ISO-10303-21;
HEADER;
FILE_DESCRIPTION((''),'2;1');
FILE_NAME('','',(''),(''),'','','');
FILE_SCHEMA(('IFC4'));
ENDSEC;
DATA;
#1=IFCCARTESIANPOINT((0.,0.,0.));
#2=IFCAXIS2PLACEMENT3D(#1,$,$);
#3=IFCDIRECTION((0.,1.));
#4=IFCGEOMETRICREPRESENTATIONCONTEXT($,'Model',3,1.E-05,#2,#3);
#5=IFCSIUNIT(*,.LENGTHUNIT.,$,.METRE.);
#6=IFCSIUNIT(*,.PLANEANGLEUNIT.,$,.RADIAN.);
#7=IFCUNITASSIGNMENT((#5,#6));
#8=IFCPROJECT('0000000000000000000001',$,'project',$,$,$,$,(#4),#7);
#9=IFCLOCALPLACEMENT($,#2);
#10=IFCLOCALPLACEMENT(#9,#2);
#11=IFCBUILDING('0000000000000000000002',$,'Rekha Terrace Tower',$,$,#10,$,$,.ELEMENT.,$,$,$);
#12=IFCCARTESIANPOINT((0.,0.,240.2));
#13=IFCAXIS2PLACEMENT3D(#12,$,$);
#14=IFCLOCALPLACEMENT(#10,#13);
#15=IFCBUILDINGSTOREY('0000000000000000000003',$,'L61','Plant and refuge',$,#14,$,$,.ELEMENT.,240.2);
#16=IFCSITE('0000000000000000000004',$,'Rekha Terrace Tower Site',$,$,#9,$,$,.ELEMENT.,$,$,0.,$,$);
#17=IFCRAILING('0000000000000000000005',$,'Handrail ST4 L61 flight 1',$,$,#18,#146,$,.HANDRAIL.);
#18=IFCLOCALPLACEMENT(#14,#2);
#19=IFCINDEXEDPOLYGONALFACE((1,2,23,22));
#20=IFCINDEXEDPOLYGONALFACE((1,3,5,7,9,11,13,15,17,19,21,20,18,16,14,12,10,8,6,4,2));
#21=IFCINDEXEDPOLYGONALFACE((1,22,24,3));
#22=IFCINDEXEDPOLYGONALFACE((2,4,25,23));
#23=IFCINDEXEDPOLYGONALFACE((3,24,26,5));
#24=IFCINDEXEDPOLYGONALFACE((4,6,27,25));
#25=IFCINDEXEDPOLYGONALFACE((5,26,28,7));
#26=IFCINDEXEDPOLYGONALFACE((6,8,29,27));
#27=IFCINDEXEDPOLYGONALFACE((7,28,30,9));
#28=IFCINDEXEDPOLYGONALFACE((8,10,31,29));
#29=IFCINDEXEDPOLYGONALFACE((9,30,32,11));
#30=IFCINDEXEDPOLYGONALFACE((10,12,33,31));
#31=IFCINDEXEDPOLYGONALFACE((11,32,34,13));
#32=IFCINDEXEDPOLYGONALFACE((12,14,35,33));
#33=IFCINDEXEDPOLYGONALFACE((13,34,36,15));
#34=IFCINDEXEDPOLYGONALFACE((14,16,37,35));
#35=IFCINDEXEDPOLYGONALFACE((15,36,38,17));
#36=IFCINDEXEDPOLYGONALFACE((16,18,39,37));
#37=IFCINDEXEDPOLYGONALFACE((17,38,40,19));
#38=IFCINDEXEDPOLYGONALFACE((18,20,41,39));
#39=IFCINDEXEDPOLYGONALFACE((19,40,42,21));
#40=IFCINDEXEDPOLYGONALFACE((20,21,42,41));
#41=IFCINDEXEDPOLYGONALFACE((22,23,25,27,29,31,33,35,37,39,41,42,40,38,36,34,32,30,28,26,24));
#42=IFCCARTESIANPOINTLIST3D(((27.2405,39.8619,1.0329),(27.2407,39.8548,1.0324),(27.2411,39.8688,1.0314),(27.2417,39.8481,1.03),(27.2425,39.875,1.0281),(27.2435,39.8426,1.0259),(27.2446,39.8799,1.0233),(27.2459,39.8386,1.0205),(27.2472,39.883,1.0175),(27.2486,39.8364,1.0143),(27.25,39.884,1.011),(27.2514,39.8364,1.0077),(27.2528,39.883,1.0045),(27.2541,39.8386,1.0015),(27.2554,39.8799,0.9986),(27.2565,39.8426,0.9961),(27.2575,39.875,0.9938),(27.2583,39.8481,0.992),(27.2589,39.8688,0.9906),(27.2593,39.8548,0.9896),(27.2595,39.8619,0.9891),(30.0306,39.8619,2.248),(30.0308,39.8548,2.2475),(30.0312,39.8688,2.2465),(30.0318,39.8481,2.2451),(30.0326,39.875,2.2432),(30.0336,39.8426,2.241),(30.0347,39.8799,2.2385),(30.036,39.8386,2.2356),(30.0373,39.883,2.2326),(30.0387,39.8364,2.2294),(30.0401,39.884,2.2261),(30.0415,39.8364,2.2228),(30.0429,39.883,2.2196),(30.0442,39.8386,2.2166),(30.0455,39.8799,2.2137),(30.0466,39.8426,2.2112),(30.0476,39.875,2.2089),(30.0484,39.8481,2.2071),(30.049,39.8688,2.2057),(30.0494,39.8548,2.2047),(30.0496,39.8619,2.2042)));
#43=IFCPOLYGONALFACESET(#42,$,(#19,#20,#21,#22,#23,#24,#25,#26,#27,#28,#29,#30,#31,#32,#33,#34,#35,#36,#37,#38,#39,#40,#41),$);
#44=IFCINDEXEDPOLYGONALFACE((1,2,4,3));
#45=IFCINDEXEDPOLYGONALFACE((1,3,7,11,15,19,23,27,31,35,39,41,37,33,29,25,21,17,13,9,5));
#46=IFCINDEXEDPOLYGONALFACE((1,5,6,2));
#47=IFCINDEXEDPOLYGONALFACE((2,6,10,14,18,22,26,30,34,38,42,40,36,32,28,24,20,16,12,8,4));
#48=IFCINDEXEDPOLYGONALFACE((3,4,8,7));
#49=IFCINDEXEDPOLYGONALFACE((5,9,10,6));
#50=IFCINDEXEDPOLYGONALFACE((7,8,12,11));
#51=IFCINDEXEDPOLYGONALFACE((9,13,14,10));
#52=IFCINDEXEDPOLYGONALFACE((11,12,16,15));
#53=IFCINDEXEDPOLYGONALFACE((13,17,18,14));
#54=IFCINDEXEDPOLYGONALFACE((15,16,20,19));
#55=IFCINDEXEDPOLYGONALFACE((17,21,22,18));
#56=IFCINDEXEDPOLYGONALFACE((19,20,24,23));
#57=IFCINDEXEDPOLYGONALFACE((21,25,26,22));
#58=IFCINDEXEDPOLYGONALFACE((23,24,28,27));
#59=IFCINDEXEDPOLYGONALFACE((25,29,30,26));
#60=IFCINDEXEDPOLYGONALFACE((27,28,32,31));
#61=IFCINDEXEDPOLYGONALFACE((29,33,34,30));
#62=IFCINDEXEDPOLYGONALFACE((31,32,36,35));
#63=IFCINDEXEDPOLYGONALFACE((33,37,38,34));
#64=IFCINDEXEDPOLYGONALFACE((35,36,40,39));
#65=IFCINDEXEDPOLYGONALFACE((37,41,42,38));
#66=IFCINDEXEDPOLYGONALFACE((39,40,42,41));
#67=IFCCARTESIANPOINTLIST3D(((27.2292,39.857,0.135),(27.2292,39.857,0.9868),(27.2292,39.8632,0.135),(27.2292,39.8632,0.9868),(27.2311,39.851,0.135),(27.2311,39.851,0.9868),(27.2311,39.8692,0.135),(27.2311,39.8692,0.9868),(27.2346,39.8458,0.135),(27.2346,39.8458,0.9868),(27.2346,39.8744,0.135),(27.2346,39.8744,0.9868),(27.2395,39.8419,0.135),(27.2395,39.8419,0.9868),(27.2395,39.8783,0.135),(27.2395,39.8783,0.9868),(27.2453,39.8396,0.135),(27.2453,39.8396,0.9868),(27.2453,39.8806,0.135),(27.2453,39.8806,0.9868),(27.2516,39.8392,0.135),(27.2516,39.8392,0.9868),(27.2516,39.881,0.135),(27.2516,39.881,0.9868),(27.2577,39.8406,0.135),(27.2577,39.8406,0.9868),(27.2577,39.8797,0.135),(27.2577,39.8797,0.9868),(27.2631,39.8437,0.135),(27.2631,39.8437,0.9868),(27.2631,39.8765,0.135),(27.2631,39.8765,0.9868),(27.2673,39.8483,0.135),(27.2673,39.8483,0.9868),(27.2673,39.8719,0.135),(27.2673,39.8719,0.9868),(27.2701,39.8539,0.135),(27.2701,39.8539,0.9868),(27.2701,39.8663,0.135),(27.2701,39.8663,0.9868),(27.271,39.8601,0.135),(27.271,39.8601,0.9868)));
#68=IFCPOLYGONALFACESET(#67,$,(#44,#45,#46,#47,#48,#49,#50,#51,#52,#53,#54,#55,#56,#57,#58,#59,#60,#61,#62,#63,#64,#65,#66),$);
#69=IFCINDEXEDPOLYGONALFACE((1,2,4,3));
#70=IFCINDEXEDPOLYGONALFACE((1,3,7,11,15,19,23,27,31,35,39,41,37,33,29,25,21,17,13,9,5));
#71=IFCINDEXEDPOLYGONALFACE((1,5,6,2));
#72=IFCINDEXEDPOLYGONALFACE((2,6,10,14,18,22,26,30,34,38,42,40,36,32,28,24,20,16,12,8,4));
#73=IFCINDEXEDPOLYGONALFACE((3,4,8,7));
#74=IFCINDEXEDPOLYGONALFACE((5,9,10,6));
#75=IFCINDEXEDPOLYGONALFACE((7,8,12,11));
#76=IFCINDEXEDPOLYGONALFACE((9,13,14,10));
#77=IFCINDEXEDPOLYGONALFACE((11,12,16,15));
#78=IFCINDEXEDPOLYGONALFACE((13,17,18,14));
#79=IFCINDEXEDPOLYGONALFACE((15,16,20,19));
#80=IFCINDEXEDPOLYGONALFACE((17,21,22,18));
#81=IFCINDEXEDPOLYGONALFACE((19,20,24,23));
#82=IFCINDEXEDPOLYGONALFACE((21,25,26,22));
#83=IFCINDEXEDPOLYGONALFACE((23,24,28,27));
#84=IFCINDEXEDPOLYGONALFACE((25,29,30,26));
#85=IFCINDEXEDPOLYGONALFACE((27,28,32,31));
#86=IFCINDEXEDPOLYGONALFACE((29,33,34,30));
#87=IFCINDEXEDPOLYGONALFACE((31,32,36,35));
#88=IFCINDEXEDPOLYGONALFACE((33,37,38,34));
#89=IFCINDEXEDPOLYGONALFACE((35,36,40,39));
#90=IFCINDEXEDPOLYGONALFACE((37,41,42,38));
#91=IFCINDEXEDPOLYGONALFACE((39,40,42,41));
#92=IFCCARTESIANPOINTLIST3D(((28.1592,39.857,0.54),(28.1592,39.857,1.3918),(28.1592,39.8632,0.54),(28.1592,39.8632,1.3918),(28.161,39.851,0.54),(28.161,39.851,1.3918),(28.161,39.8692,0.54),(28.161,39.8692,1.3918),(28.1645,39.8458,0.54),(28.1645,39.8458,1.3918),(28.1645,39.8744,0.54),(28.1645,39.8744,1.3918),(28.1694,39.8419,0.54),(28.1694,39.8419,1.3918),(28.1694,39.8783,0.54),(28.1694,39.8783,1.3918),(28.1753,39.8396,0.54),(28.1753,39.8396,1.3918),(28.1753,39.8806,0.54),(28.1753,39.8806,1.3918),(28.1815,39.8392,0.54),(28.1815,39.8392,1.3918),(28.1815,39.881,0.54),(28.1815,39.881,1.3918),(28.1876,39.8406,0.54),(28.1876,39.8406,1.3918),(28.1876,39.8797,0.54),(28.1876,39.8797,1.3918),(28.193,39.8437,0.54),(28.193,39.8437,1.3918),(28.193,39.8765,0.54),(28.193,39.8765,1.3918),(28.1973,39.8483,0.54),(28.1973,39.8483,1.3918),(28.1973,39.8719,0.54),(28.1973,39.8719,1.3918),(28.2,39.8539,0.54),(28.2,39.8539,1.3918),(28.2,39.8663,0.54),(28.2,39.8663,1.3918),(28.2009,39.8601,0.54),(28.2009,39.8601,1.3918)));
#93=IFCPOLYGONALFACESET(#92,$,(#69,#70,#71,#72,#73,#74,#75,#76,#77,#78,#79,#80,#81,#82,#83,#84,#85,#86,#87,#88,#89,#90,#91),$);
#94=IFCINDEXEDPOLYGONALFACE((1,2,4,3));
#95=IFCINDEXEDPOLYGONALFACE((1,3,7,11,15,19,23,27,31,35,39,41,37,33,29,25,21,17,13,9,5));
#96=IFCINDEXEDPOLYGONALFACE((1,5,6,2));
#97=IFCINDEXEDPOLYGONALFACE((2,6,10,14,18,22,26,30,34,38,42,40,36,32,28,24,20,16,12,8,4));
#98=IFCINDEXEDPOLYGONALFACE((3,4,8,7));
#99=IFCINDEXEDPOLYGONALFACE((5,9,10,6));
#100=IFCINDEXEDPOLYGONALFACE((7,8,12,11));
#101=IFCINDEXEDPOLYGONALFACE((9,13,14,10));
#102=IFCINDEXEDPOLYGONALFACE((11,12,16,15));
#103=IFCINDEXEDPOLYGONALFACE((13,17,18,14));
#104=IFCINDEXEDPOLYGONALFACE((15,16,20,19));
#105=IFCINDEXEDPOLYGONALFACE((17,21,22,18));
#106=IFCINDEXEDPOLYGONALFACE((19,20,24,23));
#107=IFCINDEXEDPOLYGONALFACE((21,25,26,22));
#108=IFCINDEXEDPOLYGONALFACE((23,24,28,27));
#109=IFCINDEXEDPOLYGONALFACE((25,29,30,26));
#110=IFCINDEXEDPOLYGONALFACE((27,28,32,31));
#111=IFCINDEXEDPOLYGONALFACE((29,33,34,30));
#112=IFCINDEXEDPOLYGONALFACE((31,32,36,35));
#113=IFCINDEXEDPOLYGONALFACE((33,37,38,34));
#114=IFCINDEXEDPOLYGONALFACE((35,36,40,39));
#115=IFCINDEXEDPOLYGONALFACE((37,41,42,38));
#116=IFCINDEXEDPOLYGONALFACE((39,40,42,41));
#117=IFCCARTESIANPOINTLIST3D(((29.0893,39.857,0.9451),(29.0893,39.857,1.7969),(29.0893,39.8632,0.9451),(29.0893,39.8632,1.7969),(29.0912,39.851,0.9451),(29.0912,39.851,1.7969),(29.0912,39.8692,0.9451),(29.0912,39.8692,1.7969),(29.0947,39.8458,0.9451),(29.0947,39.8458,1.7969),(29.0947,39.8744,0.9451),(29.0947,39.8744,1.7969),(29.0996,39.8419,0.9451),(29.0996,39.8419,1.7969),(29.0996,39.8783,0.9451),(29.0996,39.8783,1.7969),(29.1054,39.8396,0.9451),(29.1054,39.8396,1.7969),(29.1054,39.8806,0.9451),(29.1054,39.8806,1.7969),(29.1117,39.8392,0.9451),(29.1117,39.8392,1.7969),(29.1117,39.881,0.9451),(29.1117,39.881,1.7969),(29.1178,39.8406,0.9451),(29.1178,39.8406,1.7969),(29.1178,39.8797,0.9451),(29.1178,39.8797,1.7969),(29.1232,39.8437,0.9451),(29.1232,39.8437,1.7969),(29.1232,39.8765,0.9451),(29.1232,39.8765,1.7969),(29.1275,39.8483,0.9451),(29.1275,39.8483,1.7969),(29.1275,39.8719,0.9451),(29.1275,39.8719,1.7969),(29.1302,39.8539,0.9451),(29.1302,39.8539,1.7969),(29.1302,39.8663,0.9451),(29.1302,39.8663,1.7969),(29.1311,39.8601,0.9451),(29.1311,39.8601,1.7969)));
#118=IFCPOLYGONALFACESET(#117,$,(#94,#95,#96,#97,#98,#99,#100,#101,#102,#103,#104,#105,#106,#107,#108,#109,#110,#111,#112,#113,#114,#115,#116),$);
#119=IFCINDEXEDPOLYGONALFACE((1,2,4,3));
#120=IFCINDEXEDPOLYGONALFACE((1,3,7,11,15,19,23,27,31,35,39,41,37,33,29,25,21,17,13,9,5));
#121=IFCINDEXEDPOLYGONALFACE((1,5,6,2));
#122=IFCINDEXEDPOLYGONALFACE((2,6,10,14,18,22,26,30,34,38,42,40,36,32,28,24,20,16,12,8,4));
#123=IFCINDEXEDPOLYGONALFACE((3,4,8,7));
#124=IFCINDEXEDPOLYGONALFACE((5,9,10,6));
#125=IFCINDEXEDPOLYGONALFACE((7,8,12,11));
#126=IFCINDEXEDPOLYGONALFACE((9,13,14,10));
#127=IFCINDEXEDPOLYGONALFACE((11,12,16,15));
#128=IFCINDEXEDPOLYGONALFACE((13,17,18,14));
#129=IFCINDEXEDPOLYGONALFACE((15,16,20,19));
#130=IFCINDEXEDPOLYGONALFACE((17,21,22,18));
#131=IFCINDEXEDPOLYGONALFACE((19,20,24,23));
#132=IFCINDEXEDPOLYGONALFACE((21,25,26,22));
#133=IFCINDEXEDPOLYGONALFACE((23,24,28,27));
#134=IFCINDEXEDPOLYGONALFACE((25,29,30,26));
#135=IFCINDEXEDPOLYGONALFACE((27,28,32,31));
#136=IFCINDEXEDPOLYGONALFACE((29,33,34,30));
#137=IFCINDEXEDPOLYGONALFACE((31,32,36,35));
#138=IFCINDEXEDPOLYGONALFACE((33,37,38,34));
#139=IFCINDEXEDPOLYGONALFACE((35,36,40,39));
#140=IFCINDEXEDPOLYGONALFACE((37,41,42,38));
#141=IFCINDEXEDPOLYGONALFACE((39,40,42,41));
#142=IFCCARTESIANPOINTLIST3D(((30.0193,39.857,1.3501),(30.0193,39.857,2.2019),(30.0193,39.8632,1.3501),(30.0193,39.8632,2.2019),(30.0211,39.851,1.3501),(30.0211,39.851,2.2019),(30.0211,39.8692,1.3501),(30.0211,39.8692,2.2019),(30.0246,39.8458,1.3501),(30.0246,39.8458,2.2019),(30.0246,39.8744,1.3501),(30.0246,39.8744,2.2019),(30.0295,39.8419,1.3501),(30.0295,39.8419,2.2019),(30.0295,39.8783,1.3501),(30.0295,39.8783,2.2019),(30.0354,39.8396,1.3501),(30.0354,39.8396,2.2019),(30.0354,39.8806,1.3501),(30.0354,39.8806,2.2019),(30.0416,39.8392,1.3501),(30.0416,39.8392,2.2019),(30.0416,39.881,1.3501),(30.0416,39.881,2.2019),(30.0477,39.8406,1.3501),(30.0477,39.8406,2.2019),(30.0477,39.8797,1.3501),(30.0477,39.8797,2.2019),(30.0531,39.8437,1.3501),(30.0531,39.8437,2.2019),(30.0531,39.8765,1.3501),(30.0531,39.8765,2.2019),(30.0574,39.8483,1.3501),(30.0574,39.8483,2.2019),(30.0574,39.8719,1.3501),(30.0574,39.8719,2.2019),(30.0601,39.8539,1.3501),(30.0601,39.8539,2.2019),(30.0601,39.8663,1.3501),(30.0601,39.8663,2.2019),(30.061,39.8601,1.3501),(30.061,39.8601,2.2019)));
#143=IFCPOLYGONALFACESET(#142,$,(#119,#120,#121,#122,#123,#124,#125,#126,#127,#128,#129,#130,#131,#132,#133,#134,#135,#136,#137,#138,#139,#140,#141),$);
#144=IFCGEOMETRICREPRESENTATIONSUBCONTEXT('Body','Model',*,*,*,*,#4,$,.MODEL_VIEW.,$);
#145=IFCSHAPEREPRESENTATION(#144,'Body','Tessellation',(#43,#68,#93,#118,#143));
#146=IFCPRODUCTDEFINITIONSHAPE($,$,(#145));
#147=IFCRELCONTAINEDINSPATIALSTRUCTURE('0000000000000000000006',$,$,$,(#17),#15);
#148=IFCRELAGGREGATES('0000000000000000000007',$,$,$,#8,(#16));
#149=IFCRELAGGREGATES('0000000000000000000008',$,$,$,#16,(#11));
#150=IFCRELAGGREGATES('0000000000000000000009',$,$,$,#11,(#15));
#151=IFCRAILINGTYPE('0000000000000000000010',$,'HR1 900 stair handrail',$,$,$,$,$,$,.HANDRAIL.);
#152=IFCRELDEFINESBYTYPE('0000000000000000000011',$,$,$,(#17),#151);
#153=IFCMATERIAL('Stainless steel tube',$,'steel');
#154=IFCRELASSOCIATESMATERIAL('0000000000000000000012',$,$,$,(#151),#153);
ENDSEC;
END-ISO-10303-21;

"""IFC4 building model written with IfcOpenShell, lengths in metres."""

from ifc_helpers import new_model, si_unit, direction, frame, origin, origin_2d, place, context, subcontext, project, spatial, circle, extrude, material, type_object, element, save


model = new_model("IFC4")

# Units and contexts
model_context = context("Model", 3, precision=1e-05, world=origin(), true_north=direction((0.0, 1.0)))
body_context = subcontext(model_context, "Body", "Model", "MODEL_VIEW")
ifc_project = project(units=[si_unit("LENGTHUNIT", "METRE"), si_unit("PLANEANGLEUNIT", "RADIAN")], contexts=[model_context])

# Site, building, storey
site_placement = place(None, origin())
site = spatial("IfcSite", under=ifc_project, at=site_placement, Name="Rekha Terrace Tower Site", CompositionType="ELEMENT", RefElevation=0.0)
building_placement = place(site_placement, origin())
building = spatial("IfcBuilding", under=site, at=building_placement, Name="Rekha Terrace Tower", CompositionType="ELEMENT")
storey_placement = place(building_placement, frame((0.0, 0.0, 240.2)))
storey = spatial("IfcBuildingStorey", under=building, at=storey_placement, Name="L61", Description="Plant and refuge", CompositionType="ELEMENT", Elevation=240.2)

# Railing
ifc_material_1 = material(Name="Stainless steel tube", Category="steel")
railing_type_1 = type_object("IfcRailingType", Name="HR1 900 stair handrail", PredefinedType="HANDRAIL", material=ifc_material_1)
railing_1_placement = place(storey_placement, frame((27.25, 39.8601, 0.135)))
element("IfcRailing", 1, at=railing_1_placement, inside=storey, type_object=railing_type_1, Name="Handrail ST4 L61 flight 1", PredefinedType="HANDRAIL", context=body_context, shape_type="SweptSolid", body=[
    extrude(circle(Radius=0.0239, at=origin_2d()), frame((0.0, 0.0, 0.876), z_axis=(0.916826, 0.0, 0.399286), x_axis=(0.0, 1.0, 0.0)), (0.0, 0.0, 1.0), 3.0432),
    extrude(circle(Radius=0.021, at=origin_2d()), origin(), (0.0, 0.0, 1.0), 0.8518),
    extrude(circle(Radius=0.021, at=origin_2d()), frame((0.9299, 0.0, 0.405)), (0.0, 0.0, 1.0), 0.8518),
    extrude(circle(Radius=0.021, at=origin_2d()), frame((1.8601, 0.0, 0.8101)), (0.0, 0.0, 1.0), 0.8518),
    extrude(circle(Radius=0.021, at=origin_2d()), frame((2.79, 0.0, 1.2151)), (0.0, 0.0, 1.0), 0.8518),
])

save(model, "model.ifc")
